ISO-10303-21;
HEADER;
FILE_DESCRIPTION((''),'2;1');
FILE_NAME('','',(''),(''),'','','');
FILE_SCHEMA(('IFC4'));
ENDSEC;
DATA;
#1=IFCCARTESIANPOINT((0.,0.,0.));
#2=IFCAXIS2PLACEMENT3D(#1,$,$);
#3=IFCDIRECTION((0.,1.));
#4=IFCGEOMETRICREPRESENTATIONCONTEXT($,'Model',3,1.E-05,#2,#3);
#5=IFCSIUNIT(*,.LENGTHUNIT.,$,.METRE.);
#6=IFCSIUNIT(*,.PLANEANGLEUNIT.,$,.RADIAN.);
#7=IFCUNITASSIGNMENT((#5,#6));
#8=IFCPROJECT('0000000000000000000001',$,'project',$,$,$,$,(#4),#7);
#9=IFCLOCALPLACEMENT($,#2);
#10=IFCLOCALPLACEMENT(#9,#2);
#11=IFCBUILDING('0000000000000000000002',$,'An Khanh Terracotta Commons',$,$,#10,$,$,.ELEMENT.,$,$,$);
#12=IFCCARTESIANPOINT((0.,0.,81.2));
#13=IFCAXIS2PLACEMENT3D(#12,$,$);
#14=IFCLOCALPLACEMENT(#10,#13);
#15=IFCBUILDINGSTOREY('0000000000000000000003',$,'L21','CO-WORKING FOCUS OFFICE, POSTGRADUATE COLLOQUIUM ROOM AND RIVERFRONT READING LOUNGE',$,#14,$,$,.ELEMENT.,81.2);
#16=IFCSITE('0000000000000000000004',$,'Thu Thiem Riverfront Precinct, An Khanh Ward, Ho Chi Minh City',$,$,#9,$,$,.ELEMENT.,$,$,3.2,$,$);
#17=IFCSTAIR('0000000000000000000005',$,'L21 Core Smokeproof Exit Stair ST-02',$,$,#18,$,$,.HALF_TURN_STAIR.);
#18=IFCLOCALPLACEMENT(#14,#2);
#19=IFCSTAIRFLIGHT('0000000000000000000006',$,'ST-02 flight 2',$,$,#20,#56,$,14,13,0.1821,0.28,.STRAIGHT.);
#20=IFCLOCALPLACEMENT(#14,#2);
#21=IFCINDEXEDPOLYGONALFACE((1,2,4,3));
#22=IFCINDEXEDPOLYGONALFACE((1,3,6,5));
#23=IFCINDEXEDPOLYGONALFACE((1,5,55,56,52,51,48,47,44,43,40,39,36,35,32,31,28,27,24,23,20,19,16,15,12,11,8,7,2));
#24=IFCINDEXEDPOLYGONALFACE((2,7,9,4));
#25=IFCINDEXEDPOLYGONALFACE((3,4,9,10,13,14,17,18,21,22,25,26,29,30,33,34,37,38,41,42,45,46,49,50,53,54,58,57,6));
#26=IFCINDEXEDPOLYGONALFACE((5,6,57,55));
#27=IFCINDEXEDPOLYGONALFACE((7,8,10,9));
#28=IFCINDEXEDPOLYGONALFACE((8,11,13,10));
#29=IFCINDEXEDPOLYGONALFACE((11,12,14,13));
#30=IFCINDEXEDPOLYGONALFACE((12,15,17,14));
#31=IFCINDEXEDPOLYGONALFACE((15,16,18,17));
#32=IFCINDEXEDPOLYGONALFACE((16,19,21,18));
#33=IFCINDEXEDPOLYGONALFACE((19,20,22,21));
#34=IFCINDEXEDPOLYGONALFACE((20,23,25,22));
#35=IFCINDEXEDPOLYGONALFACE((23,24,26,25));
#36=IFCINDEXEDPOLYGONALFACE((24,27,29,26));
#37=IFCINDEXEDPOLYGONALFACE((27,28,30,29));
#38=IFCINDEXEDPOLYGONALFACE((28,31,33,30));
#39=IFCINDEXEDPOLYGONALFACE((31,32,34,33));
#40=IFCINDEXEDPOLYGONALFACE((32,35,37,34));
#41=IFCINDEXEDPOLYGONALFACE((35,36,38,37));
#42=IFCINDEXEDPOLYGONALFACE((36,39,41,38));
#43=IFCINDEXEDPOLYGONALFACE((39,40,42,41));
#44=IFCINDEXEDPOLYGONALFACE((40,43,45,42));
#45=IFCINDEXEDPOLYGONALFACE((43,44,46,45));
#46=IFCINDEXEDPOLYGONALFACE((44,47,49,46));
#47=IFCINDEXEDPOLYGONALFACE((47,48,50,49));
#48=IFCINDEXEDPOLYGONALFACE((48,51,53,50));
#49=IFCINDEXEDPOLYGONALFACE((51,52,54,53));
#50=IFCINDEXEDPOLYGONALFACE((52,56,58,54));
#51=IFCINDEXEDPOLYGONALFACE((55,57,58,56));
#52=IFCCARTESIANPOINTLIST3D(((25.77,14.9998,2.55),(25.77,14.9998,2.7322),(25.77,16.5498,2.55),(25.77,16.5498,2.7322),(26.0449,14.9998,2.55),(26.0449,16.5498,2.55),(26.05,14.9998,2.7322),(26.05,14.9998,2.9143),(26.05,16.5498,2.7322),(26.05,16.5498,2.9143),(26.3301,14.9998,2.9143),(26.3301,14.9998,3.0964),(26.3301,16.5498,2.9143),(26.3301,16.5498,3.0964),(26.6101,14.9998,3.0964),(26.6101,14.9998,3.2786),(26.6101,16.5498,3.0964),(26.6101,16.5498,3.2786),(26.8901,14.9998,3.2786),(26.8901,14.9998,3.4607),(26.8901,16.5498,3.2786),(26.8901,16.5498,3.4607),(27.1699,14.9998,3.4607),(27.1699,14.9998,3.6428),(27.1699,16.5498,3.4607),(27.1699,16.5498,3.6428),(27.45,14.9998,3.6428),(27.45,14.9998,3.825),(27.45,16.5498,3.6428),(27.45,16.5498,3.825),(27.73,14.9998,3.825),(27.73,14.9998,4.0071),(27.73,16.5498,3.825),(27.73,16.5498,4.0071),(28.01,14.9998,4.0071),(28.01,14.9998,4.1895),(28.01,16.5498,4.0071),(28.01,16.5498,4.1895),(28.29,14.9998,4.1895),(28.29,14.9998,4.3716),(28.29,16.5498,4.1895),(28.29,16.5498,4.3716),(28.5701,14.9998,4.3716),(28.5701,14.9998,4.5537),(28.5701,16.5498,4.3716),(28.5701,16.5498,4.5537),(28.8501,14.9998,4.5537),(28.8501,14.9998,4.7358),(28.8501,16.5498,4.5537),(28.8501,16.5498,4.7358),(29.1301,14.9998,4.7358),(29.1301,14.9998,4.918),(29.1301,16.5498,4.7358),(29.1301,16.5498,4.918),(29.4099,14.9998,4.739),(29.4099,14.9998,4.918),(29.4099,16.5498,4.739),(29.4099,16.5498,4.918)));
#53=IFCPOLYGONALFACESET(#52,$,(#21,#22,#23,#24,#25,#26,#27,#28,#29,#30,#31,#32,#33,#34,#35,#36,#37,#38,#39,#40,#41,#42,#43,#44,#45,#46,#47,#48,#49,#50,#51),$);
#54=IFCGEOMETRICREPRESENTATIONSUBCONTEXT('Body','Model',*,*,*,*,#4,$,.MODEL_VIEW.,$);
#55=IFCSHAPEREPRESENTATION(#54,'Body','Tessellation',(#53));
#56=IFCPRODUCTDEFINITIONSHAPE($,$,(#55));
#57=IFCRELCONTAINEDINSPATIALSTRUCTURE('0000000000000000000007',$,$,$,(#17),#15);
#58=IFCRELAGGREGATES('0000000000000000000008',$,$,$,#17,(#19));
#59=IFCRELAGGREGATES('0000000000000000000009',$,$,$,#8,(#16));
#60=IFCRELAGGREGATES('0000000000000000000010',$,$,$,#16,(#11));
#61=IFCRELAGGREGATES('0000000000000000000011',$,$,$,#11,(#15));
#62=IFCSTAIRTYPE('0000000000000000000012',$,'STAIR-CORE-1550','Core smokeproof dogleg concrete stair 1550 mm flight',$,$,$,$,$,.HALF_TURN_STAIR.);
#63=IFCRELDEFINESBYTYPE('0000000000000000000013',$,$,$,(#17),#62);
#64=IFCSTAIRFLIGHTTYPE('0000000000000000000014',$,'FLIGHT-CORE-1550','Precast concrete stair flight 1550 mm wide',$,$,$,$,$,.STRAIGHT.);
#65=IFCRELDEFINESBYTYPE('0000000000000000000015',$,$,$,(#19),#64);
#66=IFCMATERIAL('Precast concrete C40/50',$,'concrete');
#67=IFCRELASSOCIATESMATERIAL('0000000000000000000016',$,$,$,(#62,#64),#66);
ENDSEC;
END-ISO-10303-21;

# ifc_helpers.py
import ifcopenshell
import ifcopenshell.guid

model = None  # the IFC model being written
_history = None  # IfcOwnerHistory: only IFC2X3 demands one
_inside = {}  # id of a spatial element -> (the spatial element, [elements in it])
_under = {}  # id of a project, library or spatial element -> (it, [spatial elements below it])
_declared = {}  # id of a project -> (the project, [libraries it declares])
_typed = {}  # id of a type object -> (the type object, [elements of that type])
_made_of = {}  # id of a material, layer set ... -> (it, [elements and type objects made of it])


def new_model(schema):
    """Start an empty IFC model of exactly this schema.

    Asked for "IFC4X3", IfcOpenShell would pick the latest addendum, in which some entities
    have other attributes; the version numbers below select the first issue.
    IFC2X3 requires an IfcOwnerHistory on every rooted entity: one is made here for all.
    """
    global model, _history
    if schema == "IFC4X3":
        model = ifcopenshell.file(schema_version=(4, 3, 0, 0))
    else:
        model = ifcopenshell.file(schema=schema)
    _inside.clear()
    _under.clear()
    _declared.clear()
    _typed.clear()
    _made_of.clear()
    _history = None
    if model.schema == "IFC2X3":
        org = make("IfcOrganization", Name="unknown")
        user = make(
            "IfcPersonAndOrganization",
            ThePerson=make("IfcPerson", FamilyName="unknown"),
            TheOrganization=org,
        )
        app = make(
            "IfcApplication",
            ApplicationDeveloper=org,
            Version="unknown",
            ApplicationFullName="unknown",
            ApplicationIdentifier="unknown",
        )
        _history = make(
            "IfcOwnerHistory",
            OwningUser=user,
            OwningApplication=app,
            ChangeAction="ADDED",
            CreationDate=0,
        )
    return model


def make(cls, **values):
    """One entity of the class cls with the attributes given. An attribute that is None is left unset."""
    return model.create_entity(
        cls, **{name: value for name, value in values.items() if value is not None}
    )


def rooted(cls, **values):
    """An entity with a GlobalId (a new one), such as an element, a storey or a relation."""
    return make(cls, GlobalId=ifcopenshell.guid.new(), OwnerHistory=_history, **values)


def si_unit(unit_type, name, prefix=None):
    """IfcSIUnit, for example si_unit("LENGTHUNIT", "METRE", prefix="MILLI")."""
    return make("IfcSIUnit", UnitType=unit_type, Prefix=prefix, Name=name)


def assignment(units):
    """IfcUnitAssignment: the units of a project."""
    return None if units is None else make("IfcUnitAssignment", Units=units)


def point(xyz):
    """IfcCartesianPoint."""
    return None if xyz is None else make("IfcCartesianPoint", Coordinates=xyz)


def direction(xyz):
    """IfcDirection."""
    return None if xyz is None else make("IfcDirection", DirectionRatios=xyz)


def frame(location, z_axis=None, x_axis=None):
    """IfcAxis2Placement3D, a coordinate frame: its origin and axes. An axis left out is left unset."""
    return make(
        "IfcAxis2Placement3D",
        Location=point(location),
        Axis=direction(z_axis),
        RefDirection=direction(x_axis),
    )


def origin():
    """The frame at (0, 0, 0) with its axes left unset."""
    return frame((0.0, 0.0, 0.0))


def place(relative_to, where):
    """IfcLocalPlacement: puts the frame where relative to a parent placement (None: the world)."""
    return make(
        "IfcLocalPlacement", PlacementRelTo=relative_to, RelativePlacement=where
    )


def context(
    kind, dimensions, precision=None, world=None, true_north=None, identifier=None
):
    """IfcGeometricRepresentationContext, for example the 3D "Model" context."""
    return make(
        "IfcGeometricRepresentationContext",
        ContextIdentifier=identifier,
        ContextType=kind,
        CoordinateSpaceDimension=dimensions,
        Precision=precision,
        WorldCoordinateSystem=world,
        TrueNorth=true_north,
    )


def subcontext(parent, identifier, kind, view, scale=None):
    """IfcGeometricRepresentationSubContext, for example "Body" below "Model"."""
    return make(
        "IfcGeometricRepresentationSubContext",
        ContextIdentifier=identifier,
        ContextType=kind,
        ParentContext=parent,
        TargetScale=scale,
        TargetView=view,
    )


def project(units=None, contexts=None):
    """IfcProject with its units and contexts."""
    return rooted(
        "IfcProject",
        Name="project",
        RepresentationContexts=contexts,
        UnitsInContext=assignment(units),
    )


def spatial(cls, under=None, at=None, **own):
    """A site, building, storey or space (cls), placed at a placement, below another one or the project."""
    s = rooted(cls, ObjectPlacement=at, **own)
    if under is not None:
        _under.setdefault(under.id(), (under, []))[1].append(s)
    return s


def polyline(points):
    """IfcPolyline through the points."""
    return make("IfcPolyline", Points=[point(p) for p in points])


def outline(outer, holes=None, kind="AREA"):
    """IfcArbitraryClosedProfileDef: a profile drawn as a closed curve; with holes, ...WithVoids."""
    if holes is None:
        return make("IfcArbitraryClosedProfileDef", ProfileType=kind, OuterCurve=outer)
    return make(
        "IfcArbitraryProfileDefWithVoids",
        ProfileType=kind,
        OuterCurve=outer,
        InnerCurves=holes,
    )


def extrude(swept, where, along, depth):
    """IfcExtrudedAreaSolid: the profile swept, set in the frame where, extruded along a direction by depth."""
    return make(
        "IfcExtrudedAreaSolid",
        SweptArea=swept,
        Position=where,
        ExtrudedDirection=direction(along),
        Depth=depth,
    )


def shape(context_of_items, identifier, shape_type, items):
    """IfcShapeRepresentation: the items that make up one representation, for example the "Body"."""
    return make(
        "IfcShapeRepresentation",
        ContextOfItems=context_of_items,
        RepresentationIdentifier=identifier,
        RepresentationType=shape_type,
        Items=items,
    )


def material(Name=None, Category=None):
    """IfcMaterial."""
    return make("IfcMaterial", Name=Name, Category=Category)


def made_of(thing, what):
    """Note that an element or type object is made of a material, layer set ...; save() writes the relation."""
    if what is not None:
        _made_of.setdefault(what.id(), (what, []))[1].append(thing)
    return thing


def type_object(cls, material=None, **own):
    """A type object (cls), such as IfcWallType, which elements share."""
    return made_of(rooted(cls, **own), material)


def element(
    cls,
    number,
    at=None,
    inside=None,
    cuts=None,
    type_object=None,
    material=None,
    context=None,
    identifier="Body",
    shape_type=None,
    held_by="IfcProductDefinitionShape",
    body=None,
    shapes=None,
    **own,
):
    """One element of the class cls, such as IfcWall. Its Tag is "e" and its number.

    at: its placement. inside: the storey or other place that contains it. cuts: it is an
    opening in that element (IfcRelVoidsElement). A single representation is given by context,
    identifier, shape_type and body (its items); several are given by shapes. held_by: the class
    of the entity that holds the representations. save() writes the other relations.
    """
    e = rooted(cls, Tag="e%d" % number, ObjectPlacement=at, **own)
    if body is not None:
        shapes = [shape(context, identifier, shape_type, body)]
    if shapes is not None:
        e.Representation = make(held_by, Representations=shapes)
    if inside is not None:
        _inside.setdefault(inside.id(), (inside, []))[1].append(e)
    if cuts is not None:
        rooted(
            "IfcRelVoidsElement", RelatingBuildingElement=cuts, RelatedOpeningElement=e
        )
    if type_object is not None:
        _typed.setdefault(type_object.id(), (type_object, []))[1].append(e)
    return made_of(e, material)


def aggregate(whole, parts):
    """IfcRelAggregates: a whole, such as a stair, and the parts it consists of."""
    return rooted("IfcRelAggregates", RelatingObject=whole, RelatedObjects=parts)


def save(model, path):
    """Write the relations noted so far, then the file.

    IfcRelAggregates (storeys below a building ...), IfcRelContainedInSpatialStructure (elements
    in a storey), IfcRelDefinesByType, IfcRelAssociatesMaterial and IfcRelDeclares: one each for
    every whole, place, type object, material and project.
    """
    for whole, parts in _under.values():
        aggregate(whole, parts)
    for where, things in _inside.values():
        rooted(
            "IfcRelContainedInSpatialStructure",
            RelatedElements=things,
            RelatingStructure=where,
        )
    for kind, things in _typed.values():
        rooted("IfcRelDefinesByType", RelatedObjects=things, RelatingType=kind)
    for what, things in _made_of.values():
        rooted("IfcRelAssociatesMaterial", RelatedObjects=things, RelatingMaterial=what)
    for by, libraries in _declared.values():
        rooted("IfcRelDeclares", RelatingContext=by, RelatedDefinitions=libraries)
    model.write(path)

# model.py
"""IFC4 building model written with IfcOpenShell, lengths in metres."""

from ifc_helpers import new_model, si_unit, direction, frame, origin, place, context, subcontext, project, spatial, polyline, outline, extrude, material, type_object, element, aggregate, save


model = new_model("IFC4")

# Units and contexts
model_context = context("Model", 3, precision=1e-05, world=origin(), true_north=direction((0.0, 1.0)))
body_context = subcontext(model_context, "Body", "Model", "MODEL_VIEW")
ifc_project = project(units=[si_unit("LENGTHUNIT", "METRE"), si_unit("PLANEANGLEUNIT", "RADIAN")], contexts=[model_context])

# Site, building, storey
site_placement = place(None, origin())
site = spatial("IfcSite", under=ifc_project, at=site_placement, Name="Thu Thiem Riverfront Precinct, An Khanh Ward, Ho Chi Minh City", CompositionType="ELEMENT", RefElevation=3.2)
building_placement = place(site_placement, origin())
building = spatial("IfcBuilding", under=site, at=building_placement, Name="An Khanh Terracotta Commons", CompositionType="ELEMENT")
storey_placement = place(building_placement, frame((0.0, 0.0, 81.2)))
storey = spatial("IfcBuildingStorey", under=building, at=storey_placement, Name="L21", Description="CO-WORKING FOCUS OFFICE, POSTGRADUATE COLLOQUIUM ROOM AND RIVERFRONT READING LOUNGE", CompositionType="ELEMENT", Elevation=81.2)

# Stair, stair flight
ifc_material_1 = material(Name="Precast concrete C40/50", Category="concrete")
stair_type = type_object("IfcStairType", Name="STAIR-CORE-1550", Description="Core smokeproof dogleg concrete stair 1550 mm flight", PredefinedType="HALF_TURN_STAIR", material=ifc_material_1)
stair_placement = place(storey_placement, origin())
stair = element("IfcStair", 1, at=stair_placement, inside=storey, type_object=stair_type, Name="L21 Core Smokeproof Exit Stair ST-02", PredefinedType="HALF_TURN_STAIR")
stair_flight_type = type_object("IfcStairFlightType", Name="FLIGHT-CORE-1550", Description="Precast concrete stair flight 1550 mm wide", PredefinedType="STRAIGHT", material=ifc_material_1)
stair_flight_1_placement = place(storey_placement, frame((25.77, 15.7749, 2.55), z_axis=(0.0, 0.0, 1.0), x_axis=(1.0, 0.0, 0.0)))
stair_flight_1 = element("IfcStairFlight", 2, at=stair_flight_1_placement, type_object=stair_flight_type, Name="ST-02 flight 2", NumberOfRisers=14, NumberOfTreads=13, PredefinedType="STRAIGHT", RiserHeight=0.1821, TreadLength=0.28, context=body_context, shape_type="SweptSolid", body=[
    extrude(outline(polyline([(0.0, 0.0), (0.0, 0.1821), (0.28, 0.1821), (0.28, 0.3643), (0.5601, 0.3643), (0.5601, 0.5464), (0.8401, 0.5464), (0.8401, 0.7285), (1.1201, 0.7285), (1.1201, 0.9106), (1.3999, 0.9106), (1.3999, 1.0928), (1.6799, 1.0928), (1.6799, 1.2749), (1.96, 1.2749), (1.96, 1.457), (2.24, 1.457), (2.24, 1.6394), (2.52, 1.6394), (2.52, 1.8215), (2.8, 1.8215), (2.8, 2.0037), (3.0801, 2.0037), (3.0801, 2.1858), (3.3601, 2.1858), (3.3601, 2.3679), (3.6399, 2.3679), (3.6399, 2.55), (3.6399, 2.189), (0.2749, 0.0), (0.0, 0.0)])), frame((0.0, 0.7749, 0.0), z_axis=(0.0, -1.0, 0.0), x_axis=(1.0, 0.0, 0.0)), (0.0, 0.0, 1.0), 1.55),
])
aggregate(stair, [stair_flight_1])

save(model, "model.ifc")
